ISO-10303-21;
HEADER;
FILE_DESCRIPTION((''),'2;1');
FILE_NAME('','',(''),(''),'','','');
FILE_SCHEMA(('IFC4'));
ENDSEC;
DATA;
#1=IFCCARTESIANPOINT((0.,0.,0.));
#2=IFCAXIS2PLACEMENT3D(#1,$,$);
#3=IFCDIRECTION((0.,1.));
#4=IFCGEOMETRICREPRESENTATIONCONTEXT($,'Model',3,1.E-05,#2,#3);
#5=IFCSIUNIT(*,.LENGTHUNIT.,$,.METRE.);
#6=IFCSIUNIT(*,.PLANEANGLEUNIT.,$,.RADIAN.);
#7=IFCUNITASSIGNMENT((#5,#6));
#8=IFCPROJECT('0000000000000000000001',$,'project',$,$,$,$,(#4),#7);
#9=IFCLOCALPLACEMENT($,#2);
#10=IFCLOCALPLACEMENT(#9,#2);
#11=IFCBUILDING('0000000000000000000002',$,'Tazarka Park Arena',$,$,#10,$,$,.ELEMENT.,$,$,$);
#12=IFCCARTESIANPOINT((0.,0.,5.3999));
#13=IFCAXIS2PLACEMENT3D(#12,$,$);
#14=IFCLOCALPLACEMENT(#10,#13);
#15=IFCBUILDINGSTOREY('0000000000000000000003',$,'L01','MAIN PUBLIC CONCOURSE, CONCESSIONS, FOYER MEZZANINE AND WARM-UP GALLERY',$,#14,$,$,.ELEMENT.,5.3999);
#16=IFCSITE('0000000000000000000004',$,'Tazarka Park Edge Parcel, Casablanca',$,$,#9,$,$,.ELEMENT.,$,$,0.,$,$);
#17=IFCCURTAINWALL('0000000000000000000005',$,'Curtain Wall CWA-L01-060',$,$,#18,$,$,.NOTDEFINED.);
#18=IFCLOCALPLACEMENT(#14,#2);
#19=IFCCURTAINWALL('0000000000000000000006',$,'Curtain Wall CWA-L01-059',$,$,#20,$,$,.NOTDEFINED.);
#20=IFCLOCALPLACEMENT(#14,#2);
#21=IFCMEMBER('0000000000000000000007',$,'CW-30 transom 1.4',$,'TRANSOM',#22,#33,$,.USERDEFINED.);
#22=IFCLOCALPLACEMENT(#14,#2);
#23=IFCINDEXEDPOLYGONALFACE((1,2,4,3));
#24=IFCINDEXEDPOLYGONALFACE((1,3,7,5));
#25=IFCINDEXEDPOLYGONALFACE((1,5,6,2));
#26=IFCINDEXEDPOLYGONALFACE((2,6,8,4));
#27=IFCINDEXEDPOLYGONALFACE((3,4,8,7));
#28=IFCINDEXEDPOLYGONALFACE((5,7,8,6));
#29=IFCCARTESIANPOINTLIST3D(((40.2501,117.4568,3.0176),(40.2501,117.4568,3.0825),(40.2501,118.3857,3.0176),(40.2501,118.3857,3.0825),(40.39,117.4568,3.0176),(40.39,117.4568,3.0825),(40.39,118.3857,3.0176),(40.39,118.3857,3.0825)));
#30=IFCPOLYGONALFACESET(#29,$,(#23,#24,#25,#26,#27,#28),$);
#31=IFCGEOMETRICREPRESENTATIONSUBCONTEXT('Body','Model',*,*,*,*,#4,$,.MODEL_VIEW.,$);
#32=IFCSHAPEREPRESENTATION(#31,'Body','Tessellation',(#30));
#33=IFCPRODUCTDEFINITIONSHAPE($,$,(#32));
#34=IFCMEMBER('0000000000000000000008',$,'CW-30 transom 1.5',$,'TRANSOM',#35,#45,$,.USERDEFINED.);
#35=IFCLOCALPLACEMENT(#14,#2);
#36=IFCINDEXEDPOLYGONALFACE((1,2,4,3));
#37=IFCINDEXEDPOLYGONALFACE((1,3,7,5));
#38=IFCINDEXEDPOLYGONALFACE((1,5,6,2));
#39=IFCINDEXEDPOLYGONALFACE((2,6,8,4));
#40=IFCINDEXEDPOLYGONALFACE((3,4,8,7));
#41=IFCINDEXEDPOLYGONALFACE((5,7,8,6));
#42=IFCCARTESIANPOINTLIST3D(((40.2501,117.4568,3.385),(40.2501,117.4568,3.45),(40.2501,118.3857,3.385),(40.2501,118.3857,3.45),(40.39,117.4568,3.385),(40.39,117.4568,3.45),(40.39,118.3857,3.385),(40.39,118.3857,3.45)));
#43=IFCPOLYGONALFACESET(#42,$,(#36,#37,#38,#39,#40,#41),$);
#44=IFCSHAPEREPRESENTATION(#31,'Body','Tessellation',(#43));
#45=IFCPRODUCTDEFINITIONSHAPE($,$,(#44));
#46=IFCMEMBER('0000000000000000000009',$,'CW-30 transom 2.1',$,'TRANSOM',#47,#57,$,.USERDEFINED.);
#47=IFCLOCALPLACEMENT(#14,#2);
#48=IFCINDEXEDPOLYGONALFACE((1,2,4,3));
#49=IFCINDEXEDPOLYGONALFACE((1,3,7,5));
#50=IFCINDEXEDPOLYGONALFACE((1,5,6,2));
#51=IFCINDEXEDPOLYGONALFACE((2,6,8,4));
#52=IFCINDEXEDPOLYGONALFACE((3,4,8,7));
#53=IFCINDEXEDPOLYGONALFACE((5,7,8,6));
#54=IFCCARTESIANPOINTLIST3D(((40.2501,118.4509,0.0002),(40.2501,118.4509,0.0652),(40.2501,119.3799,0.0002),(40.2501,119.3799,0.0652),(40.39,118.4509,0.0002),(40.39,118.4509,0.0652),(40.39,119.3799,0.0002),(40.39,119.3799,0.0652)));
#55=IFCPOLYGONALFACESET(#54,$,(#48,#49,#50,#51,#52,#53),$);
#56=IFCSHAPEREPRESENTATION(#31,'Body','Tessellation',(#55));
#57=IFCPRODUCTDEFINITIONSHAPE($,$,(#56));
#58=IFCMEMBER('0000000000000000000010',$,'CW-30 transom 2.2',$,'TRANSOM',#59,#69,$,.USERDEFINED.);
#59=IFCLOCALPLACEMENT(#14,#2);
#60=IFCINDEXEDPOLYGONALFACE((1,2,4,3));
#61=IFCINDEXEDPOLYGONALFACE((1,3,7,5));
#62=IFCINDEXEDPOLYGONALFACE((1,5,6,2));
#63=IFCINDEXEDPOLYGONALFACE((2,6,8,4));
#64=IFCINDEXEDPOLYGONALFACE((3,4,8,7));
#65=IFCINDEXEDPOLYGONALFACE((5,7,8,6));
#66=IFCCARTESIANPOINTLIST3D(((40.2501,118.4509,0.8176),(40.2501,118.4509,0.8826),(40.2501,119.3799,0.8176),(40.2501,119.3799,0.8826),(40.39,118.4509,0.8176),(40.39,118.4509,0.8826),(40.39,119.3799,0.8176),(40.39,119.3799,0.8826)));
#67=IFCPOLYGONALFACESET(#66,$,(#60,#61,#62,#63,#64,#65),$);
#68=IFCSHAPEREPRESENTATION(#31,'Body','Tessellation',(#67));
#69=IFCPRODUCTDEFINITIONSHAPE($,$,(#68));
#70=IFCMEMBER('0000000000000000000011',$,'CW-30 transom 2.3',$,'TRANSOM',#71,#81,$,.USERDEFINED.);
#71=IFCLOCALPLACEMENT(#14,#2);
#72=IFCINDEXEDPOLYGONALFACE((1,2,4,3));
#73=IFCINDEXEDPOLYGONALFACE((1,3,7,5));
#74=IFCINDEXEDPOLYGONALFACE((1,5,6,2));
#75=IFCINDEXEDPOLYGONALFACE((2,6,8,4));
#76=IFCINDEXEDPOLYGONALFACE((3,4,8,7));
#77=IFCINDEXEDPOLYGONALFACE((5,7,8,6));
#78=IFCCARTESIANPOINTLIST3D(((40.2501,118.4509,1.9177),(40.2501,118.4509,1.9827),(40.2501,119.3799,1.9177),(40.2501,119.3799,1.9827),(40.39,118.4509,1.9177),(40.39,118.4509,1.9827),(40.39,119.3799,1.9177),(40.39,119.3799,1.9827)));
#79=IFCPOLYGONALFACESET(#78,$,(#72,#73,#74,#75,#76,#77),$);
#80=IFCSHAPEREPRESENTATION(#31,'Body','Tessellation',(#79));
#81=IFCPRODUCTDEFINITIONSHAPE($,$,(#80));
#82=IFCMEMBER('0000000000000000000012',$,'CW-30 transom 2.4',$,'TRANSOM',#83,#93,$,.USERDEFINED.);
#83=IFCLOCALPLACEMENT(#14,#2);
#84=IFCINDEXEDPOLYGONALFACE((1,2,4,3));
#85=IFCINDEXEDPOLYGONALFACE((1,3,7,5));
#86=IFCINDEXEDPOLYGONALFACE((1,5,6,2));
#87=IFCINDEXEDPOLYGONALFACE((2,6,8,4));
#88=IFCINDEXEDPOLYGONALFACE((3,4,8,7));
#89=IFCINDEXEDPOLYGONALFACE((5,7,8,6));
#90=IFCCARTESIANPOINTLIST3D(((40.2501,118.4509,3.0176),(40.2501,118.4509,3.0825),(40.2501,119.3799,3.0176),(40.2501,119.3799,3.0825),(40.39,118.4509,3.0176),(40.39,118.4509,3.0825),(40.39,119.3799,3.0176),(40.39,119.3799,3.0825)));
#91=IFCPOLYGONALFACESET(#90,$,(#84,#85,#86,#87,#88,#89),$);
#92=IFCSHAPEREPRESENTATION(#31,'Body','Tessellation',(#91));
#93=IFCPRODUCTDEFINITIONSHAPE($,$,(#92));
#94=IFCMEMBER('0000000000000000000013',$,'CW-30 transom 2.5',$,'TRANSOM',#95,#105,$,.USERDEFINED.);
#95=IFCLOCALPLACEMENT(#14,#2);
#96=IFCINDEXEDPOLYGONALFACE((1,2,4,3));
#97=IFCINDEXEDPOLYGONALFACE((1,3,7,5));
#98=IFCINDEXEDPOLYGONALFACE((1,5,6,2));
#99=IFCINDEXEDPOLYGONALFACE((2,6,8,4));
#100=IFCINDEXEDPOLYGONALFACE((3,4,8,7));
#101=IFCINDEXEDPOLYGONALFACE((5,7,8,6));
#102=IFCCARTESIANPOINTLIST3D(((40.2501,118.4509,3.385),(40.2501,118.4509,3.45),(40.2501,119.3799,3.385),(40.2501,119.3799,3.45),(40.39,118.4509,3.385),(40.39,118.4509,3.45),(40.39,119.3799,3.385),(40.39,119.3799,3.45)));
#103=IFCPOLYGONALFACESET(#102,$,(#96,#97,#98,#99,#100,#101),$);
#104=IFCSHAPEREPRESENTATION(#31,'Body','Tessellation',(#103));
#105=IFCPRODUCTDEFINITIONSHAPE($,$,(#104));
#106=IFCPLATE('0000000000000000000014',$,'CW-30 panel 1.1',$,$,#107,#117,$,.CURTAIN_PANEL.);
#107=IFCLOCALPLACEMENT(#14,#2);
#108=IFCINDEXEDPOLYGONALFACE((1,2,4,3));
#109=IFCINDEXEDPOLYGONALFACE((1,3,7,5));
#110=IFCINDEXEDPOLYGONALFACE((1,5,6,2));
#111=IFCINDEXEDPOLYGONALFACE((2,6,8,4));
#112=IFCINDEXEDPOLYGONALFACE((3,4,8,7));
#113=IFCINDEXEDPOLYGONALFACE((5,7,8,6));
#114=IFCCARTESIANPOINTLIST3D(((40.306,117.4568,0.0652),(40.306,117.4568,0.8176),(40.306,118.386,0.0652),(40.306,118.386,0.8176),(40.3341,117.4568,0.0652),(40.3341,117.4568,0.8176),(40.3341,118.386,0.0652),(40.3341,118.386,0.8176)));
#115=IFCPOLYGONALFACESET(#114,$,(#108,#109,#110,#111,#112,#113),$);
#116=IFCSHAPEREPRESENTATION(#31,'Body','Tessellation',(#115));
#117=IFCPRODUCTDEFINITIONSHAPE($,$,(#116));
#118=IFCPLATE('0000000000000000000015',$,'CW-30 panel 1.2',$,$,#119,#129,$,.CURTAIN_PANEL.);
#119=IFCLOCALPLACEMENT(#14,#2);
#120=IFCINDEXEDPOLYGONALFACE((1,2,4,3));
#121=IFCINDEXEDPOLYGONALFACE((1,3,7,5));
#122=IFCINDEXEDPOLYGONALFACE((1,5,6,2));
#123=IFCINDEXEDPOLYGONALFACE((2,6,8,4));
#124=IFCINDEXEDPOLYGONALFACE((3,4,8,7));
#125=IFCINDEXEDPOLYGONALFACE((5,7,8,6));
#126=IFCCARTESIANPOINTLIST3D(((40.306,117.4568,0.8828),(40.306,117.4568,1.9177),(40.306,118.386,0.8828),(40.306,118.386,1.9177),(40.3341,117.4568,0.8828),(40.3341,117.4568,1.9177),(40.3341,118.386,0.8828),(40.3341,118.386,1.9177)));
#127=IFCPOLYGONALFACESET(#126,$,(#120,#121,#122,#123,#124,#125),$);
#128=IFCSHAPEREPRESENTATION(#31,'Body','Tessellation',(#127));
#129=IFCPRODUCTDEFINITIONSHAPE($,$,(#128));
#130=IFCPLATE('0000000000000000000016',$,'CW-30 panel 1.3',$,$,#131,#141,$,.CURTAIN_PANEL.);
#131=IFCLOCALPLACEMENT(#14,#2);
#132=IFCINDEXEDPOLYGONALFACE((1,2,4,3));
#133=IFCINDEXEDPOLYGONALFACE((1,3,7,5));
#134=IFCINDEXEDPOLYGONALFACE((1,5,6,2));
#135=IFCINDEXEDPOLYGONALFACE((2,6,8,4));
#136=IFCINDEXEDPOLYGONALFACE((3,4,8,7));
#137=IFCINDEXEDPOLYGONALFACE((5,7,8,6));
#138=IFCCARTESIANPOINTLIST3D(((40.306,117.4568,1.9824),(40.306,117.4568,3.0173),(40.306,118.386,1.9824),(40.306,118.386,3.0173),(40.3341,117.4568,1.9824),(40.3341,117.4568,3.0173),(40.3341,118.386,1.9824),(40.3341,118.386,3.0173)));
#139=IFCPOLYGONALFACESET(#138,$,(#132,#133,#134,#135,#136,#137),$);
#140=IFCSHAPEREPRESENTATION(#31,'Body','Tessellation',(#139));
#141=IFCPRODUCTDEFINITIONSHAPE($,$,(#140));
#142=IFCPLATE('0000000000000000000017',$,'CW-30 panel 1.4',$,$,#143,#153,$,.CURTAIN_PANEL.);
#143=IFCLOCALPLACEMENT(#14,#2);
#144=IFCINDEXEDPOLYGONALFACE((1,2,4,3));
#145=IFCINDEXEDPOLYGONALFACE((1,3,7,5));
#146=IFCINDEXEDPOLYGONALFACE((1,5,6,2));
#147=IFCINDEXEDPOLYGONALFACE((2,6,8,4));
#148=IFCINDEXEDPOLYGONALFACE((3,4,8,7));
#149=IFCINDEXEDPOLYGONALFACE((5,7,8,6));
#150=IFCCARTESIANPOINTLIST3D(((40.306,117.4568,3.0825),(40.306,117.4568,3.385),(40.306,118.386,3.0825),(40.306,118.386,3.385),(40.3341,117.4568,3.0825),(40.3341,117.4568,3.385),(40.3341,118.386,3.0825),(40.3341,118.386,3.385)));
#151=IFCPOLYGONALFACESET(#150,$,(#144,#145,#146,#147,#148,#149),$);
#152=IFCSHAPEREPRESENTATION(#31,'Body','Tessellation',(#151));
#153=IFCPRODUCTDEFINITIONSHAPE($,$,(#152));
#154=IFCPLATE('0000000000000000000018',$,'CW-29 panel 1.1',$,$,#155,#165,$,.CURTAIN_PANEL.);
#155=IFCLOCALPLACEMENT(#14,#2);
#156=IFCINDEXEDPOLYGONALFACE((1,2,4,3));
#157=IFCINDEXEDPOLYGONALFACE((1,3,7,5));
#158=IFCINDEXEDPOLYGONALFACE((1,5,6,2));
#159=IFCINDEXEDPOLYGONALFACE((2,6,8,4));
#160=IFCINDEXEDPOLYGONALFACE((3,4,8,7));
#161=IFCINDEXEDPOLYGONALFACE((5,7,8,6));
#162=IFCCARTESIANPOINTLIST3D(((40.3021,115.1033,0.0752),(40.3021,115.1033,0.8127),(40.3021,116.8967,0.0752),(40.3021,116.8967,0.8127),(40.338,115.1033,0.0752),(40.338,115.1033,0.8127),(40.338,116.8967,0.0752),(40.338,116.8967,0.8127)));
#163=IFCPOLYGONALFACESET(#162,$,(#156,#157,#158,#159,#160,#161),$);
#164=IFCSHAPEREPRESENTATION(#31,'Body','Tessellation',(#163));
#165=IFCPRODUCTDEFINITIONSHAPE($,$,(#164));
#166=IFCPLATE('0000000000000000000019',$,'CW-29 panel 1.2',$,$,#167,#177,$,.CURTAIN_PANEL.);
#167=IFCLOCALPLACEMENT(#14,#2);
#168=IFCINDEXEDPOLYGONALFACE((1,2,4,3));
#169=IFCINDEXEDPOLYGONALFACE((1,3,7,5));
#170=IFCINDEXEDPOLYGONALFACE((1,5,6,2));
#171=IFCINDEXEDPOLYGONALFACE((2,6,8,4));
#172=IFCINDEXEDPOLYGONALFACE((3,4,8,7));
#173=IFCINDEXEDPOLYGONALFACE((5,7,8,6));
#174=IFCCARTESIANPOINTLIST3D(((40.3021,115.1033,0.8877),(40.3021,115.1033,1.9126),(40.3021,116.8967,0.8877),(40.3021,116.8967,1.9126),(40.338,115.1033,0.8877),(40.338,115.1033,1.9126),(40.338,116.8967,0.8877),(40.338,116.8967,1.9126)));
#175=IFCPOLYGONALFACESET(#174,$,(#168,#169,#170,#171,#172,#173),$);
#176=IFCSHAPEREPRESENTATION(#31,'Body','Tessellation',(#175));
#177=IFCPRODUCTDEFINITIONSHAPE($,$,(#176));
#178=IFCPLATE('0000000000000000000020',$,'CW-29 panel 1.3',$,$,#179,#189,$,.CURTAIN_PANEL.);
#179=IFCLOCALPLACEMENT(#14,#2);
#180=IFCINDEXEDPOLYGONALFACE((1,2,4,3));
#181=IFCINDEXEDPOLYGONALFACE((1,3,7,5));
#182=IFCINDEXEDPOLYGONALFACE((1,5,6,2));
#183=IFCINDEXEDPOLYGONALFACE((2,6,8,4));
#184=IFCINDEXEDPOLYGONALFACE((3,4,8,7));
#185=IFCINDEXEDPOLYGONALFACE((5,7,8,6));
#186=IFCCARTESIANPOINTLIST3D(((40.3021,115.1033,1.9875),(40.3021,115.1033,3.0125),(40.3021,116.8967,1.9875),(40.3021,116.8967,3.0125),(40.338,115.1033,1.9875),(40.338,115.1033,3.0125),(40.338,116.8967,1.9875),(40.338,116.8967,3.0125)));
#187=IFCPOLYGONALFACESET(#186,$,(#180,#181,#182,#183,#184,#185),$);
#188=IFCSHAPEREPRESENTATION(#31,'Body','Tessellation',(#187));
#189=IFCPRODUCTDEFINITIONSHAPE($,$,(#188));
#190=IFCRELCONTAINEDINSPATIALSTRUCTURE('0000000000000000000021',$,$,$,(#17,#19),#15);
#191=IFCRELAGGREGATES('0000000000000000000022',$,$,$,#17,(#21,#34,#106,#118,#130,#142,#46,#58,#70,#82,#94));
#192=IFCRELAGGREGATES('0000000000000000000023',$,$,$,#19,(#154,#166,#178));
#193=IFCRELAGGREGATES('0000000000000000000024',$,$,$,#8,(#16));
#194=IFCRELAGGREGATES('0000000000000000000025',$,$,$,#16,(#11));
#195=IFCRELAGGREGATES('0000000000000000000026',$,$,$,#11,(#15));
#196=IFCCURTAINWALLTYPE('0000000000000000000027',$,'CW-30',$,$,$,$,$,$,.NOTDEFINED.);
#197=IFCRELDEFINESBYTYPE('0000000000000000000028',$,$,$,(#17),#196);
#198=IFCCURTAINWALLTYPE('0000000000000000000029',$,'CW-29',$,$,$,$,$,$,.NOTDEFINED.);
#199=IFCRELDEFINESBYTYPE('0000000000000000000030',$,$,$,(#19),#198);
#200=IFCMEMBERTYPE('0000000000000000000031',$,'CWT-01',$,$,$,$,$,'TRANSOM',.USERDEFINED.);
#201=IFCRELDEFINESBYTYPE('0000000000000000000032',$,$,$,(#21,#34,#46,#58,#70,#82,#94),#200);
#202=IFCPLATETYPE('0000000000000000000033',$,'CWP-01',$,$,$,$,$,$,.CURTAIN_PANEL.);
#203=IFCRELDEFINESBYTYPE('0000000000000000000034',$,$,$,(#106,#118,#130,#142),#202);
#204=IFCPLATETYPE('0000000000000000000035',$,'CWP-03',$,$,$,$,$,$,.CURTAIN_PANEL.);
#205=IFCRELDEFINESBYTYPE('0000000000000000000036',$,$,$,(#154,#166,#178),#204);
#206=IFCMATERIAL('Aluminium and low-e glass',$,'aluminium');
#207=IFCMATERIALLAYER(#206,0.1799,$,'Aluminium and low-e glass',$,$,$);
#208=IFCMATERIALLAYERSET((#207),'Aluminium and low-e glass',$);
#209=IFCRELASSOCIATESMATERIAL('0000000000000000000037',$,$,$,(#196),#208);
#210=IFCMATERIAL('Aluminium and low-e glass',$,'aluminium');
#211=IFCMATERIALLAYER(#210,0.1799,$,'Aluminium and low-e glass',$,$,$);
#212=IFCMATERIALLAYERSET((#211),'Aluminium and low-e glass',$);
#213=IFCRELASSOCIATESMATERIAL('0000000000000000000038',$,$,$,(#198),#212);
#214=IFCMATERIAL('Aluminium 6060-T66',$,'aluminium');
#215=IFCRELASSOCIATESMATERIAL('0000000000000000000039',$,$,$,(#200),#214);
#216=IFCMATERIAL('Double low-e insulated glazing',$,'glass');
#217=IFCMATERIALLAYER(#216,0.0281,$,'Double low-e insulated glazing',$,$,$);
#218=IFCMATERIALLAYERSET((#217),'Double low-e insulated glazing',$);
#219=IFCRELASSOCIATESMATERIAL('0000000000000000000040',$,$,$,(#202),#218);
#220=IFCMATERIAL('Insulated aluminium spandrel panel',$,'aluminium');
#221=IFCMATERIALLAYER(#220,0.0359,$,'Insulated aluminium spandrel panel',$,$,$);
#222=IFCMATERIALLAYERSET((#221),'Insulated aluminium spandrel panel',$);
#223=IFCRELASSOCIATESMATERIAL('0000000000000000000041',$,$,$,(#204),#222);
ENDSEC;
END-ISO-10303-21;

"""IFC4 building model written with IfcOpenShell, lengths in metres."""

from ifc_helpers import new_model, si_unit, direction, frame, origin, origin_2d, place, context, subcontext, project, spatial, rectangle, extrude, material, layer, layer_set, material_profile, profile_set, type_object, element, aggregate, save


model = new_model("IFC4")

# Units and contexts
model_context = context("Model", 3, precision=1e-05, world=origin(), true_north=direction((0.0, 1.0)))
body_context = subcontext(model_context, "Body", "Model", "MODEL_VIEW")
ifc_project = project(units=[si_unit("LENGTHUNIT", "METRE"), si_unit("PLANEANGLEUNIT", "RADIAN")], contexts=[model_context])

# Site, building, storey
site_placement = place(None, origin())
site = spatial("IfcSite", under=ifc_project, at=site_placement, Name="Tazarka Park Edge Parcel, Casablanca", CompositionType="ELEMENT", RefElevation=0.0)
building_placement = place(site_placement, origin())
building = spatial("IfcBuilding", under=site, at=building_placement, Name="Tazarka Park Arena", CompositionType="ELEMENT")
storey_placement = place(building_placement, frame((0.0, 0.0, 5.3999)))
storey = spatial("IfcBuildingStorey", under=building, at=storey_placement, Name="L01", Description="MAIN PUBLIC CONCOURSE, CONCESSIONS, FOYER MEZZANINE AND WARM-UP GALLERY", CompositionType="ELEMENT", Elevation=5.3999)

# Curtain wall
ifc_material_1 = material(Name="Aluminium and low-e glass", Category="aluminium")
ifc_layer_1 = layer(ifc_material_1, 0.1799, Name="Aluminium and low-e glass")
ifc_layer_set_1 = layer_set([ifc_layer_1], Name="Aluminium and low-e glass")
curtain_wall_type_1 = type_object("IfcCurtainWallType", Name="CW-30", PredefinedType="NOTDEFINED", material=ifc_layer_set_1)
curtain_wall_1_placement = place(storey_placement, origin())
curtain_wall_1 = element("IfcCurtainWall", 1, at=curtain_wall_1_placement, inside=storey, type_object=curtain_wall_type_1, Name="Curtain Wall CWA-L01-060", PredefinedType="NOTDEFINED")

# Curtain wall
ifc_material_2 = material(Name="Aluminium and low-e glass", Category="aluminium")
ifc_layer_2 = layer(ifc_material_2, 0.1799, Name="Aluminium and low-e glass")
ifc_layer_set_2 = layer_set([ifc_layer_2], Name="Aluminium and low-e glass")
curtain_wall_type_2 = type_object("IfcCurtainWallType", Name="CW-29", PredefinedType="NOTDEFINED", material=ifc_layer_set_2)
curtain_wall_2_placement = place(storey_placement, origin())
curtain_wall_2 = element("IfcCurtainWall", 2, at=curtain_wall_2_placement, inside=storey, type_object=curtain_wall_type_2, Name="Curtain Wall CWA-L01-059", PredefinedType="NOTDEFINED")

# Members
ifc_material_3 = material(Name="Aluminium 6060-T66", Category="aluminium")
ifc_material_profile_1 = material_profile(ifc_material_3, rectangle(XDim=0.1399, YDim=0.0649, at=origin_2d()), Name="Aluminium 6060-T66")
ifc_profile_set_1 = profile_set([ifc_material_profile_1], Name="Aluminium 6060-T66")
member_type_1 = type_object("IfcMemberType", Name="CWT-01", ElementType="TRANSOM", PredefinedType="USERDEFINED", material=ifc_profile_set_1)
member_1_placement = place(storey_placement, frame((40.3201, 117.4568, 3.05), z_axis=(0.0, 1.0, 0.0), x_axis=(-1.0, 0.0, 0.0)))
member_1 = element("IfcMember", 3, at=member_1_placement, type_object=member_type_1, Name="CW-30 transom 1.4", ObjectType="TRANSOM", PredefinedType="USERDEFINED", context=body_context, shape_type="SweptSolid", body=[
    extrude(rectangle(XDim=0.1399, YDim=0.0649, at=origin_2d()), origin(), (0.0, 0.0, 1.0), 0.929),
])
member_2_placement = place(storey_placement, frame((40.3201, 117.4568, 3.4175), z_axis=(0.0, 1.0, 0.0), x_axis=(-1.0, 0.0, 0.0)))
member_2 = element("IfcMember", 4, at=member_2_placement, type_object=member_type_1, Name="CW-30 transom 1.5", ObjectType="TRANSOM", PredefinedType="USERDEFINED", context=body_context, shape_type="SweptSolid", body=[
    extrude(rectangle(XDim=0.1399, YDim=0.0649, at=origin_2d()), origin(), (0.0, 0.0, 1.0), 0.929),
])
member_3_placement = place(storey_placement, frame((40.3201, 118.4509, 0.0327), z_axis=(0.0, 1.0, 0.0), x_axis=(-1.0, 0.0, 0.0)))
member_3 = element("IfcMember", 5, at=member_3_placement, type_object=member_type_1, Name="CW-30 transom 2.1", ObjectType="TRANSOM", PredefinedType="USERDEFINED", context=body_context, shape_type="SweptSolid", body=[
    extrude(rectangle(XDim=0.1399, YDim=0.0649, at=origin_2d()), origin(), (0.0, 0.0, 1.0), 0.929),
])
member_4_placement = place(storey_placement, frame((40.3201, 118.4509, 0.8501), z_axis=(0.0, 1.0, 0.0), x_axis=(-1.0, 0.0, 0.0)))
member_4 = element("IfcMember", 6, at=member_4_placement, type_object=member_type_1, Name="CW-30 transom 2.2", ObjectType="TRANSOM", PredefinedType="USERDEFINED", context=body_context, shape_type="SweptSolid", body=[
    extrude(rectangle(XDim=0.1399, YDim=0.0649, at=origin_2d()), origin(), (0.0, 0.0, 1.0), 0.929),
])
member_5_placement = place(storey_placement, frame((40.3201, 118.4509, 1.9502), z_axis=(0.0, 1.0, 0.0), x_axis=(-1.0, 0.0, 0.0)))
member_5 = element("IfcMember", 7, at=member_5_placement, type_object=member_type_1, Name="CW-30 transom 2.3", ObjectType="TRANSOM", PredefinedType="USERDEFINED", context=body_context, shape_type="SweptSolid", body=[
    extrude(rectangle(XDim=0.1399, YDim=0.0649, at=origin_2d()), origin(), (0.0, 0.0, 1.0), 0.929),
])
member_6_placement = place(storey_placement, frame((40.3201, 118.4509, 3.05), z_axis=(0.0, 1.0, 0.0), x_axis=(-1.0, 0.0, 0.0)))
member_6 = element("IfcMember", 8, at=member_6_placement, type_object=member_type_1, Name="CW-30 transom 2.4", ObjectType="TRANSOM", PredefinedType="USERDEFINED", context=body_context, shape_type="SweptSolid", body=[
    extrude(rectangle(XDim=0.1399, YDim=0.0649, at=origin_2d()), origin(), (0.0, 0.0, 1.0), 0.929),
])
member_7_placement = place(storey_placement, frame((40.3201, 118.4509, 3.4175), z_axis=(0.0, 1.0, 0.0), x_axis=(-1.0, 0.0, 0.0)))
member_7 = element("IfcMember", 9, at=member_7_placement, type_object=member_type_1, Name="CW-30 transom 2.5", ObjectType="TRANSOM", PredefinedType="USERDEFINED", context=body_context, shape_type="SweptSolid", body=[
    extrude(rectangle(XDim=0.1399, YDim=0.0649, at=origin_2d()), origin(), (0.0, 0.0, 1.0), 0.929),
])

# Plates
ifc_material_4 = material(Name="Double low-e insulated glazing", Category="glass")
ifc_layer_3 = layer(ifc_material_4, 0.0281, Name="Double low-e insulated glazing")
ifc_layer_set_3 = layer_set([ifc_layer_3], Name="Double low-e insulated glazing")
plate_type_1 = type_object("IfcPlateType", Name="CWP-01", PredefinedType="CURTAIN_PANEL", material=ifc_layer_set_3)
plate_1_placement = place(storey_placement, frame((40.3201, 117.9214, 0.0652), z_axis=(0.0, 0.0, 1.0), x_axis=(0.0, 1.0, 0.0)))
plate_1 = element("IfcPlate", 10, at=plate_1_placement, type_object=plate_type_1, Name="CW-30 panel 1.1", PredefinedType="CURTAIN_PANEL", context=body_context, shape_type="SweptSolid", body=[
    extrude(rectangle(XDim=0.9292, YDim=0.0281, at=origin_2d()), origin(), (0.0, 0.0, 1.0), 0.7524),
])
plate_2_placement = place(storey_placement, frame((40.3201, 117.9214, 0.8828), z_axis=(0.0, 0.0, 1.0), x_axis=(0.0, 1.0, 0.0)))
plate_2 = element("IfcPlate", 11, at=plate_2_placement, type_object=plate_type_1, Name="CW-30 panel 1.2", PredefinedType="CURTAIN_PANEL", context=body_context, shape_type="SweptSolid", body=[
    extrude(rectangle(XDim=0.9292, YDim=0.0281, at=origin_2d()), origin(), (0.0, 0.0, 1.0), 1.0349),
])
plate_3_placement = place(storey_placement, frame((40.3201, 117.9214, 1.9824), z_axis=(0.0, 0.0, 1.0), x_axis=(0.0, 1.0, 0.0)))
plate_3 = element("IfcPlate", 12, at=plate_3_placement, type_object=plate_type_1, Name="CW-30 panel 1.3", PredefinedType="CURTAIN_PANEL", context=body_context, shape_type="SweptSolid", body=[
    extrude(rectangle(XDim=0.9292, YDim=0.0281, at=origin_2d()), origin(), (0.0, 0.0, 1.0), 1.0349),
])
plate_4_placement = place(storey_placement, frame((40.3201, 117.9214, 3.0825), z_axis=(0.0, 0.0, 1.0), x_axis=(0.0, 1.0, 0.0)))
plate_4 = element("IfcPlate", 13, at=plate_4_placement, type_object=plate_type_1, Name="CW-30 panel 1.4", PredefinedType="CURTAIN_PANEL", context=body_context, shape_type="SweptSolid", body=[
    extrude(rectangle(XDim=0.9292, YDim=0.0281, at=origin_2d()), origin(), (0.0, 0.0, 1.0), 0.3025),
])
aggregate(curtain_wall_1, [member_1, member_2, plate_1, plate_2, plate_3, plate_4, member_3, member_4, member_5, member_6, member_7])
ifc_material_5 = material(Name="Insulated aluminium spandrel panel", Category="aluminium")
ifc_layer_4 = layer(ifc_material_5, 0.0359, Name="Insulated aluminium spandrel panel")
ifc_layer_set_4 = layer_set([ifc_layer_4], Name="Insulated aluminium spandrel panel")
plate_type_2 = type_object("IfcPlateType", Name="CWP-03", PredefinedType="CURTAIN_PANEL", material=ifc_layer_set_4)
plate_5_placement = place(storey_placement, frame((40.3201, 116.0, 0.0752), z_axis=(0.0, 0.0, 1.0), x_axis=(0.0, 1.0, 0.0)))
plate_5 = element("IfcPlate", 14, at=plate_5_placement, type_object=plate_type_2, Name="CW-29 panel 1.1", PredefinedType="CURTAIN_PANEL", context=body_context, shape_type="SweptSolid", body=[
    extrude(rectangle(XDim=1.7935, YDim=0.0359, at=origin_2d()), origin(), (0.0, 0.0, 1.0), 0.7375),
])
plate_6_placement = place(storey_placement, frame((40.3201, 116.0, 0.8877), z_axis=(0.0, 0.0, 1.0), x_axis=(0.0, 1.0, 0.0)))
plate_6 = element("IfcPlate", 15, at=plate_6_placement, type_object=plate_type_2, Name="CW-29 panel 1.2", PredefinedType="CURTAIN_PANEL", context=body_context, shape_type="SweptSolid", body=[
    extrude(rectangle(XDim=1.7935, YDim=0.0359, at=origin_2d()), origin(), (0.0, 0.0, 1.0), 1.0249),
])
plate_7_placement = place(storey_placement, frame((40.3201, 116.0, 1.9875), z_axis=(0.0, 0.0, 1.0), x_axis=(0.0, 1.0, 0.0)))
plate_7 = element("IfcPlate", 16, at=plate_7_placement, type_object=plate_type_2, Name="CW-29 panel 1.3", PredefinedType="CURTAIN_PANEL", context=body_context, shape_type="SweptSolid", body=[
    extrude(rectangle(XDim=1.7935, YDim=0.0359, at=origin_2d()), origin(), (0.0, 0.0, 1.0), 1.0249),
])
aggregate(curtain_wall_2, [plate_5, plate_6, plate_7])

save(model, "model.ifc")
